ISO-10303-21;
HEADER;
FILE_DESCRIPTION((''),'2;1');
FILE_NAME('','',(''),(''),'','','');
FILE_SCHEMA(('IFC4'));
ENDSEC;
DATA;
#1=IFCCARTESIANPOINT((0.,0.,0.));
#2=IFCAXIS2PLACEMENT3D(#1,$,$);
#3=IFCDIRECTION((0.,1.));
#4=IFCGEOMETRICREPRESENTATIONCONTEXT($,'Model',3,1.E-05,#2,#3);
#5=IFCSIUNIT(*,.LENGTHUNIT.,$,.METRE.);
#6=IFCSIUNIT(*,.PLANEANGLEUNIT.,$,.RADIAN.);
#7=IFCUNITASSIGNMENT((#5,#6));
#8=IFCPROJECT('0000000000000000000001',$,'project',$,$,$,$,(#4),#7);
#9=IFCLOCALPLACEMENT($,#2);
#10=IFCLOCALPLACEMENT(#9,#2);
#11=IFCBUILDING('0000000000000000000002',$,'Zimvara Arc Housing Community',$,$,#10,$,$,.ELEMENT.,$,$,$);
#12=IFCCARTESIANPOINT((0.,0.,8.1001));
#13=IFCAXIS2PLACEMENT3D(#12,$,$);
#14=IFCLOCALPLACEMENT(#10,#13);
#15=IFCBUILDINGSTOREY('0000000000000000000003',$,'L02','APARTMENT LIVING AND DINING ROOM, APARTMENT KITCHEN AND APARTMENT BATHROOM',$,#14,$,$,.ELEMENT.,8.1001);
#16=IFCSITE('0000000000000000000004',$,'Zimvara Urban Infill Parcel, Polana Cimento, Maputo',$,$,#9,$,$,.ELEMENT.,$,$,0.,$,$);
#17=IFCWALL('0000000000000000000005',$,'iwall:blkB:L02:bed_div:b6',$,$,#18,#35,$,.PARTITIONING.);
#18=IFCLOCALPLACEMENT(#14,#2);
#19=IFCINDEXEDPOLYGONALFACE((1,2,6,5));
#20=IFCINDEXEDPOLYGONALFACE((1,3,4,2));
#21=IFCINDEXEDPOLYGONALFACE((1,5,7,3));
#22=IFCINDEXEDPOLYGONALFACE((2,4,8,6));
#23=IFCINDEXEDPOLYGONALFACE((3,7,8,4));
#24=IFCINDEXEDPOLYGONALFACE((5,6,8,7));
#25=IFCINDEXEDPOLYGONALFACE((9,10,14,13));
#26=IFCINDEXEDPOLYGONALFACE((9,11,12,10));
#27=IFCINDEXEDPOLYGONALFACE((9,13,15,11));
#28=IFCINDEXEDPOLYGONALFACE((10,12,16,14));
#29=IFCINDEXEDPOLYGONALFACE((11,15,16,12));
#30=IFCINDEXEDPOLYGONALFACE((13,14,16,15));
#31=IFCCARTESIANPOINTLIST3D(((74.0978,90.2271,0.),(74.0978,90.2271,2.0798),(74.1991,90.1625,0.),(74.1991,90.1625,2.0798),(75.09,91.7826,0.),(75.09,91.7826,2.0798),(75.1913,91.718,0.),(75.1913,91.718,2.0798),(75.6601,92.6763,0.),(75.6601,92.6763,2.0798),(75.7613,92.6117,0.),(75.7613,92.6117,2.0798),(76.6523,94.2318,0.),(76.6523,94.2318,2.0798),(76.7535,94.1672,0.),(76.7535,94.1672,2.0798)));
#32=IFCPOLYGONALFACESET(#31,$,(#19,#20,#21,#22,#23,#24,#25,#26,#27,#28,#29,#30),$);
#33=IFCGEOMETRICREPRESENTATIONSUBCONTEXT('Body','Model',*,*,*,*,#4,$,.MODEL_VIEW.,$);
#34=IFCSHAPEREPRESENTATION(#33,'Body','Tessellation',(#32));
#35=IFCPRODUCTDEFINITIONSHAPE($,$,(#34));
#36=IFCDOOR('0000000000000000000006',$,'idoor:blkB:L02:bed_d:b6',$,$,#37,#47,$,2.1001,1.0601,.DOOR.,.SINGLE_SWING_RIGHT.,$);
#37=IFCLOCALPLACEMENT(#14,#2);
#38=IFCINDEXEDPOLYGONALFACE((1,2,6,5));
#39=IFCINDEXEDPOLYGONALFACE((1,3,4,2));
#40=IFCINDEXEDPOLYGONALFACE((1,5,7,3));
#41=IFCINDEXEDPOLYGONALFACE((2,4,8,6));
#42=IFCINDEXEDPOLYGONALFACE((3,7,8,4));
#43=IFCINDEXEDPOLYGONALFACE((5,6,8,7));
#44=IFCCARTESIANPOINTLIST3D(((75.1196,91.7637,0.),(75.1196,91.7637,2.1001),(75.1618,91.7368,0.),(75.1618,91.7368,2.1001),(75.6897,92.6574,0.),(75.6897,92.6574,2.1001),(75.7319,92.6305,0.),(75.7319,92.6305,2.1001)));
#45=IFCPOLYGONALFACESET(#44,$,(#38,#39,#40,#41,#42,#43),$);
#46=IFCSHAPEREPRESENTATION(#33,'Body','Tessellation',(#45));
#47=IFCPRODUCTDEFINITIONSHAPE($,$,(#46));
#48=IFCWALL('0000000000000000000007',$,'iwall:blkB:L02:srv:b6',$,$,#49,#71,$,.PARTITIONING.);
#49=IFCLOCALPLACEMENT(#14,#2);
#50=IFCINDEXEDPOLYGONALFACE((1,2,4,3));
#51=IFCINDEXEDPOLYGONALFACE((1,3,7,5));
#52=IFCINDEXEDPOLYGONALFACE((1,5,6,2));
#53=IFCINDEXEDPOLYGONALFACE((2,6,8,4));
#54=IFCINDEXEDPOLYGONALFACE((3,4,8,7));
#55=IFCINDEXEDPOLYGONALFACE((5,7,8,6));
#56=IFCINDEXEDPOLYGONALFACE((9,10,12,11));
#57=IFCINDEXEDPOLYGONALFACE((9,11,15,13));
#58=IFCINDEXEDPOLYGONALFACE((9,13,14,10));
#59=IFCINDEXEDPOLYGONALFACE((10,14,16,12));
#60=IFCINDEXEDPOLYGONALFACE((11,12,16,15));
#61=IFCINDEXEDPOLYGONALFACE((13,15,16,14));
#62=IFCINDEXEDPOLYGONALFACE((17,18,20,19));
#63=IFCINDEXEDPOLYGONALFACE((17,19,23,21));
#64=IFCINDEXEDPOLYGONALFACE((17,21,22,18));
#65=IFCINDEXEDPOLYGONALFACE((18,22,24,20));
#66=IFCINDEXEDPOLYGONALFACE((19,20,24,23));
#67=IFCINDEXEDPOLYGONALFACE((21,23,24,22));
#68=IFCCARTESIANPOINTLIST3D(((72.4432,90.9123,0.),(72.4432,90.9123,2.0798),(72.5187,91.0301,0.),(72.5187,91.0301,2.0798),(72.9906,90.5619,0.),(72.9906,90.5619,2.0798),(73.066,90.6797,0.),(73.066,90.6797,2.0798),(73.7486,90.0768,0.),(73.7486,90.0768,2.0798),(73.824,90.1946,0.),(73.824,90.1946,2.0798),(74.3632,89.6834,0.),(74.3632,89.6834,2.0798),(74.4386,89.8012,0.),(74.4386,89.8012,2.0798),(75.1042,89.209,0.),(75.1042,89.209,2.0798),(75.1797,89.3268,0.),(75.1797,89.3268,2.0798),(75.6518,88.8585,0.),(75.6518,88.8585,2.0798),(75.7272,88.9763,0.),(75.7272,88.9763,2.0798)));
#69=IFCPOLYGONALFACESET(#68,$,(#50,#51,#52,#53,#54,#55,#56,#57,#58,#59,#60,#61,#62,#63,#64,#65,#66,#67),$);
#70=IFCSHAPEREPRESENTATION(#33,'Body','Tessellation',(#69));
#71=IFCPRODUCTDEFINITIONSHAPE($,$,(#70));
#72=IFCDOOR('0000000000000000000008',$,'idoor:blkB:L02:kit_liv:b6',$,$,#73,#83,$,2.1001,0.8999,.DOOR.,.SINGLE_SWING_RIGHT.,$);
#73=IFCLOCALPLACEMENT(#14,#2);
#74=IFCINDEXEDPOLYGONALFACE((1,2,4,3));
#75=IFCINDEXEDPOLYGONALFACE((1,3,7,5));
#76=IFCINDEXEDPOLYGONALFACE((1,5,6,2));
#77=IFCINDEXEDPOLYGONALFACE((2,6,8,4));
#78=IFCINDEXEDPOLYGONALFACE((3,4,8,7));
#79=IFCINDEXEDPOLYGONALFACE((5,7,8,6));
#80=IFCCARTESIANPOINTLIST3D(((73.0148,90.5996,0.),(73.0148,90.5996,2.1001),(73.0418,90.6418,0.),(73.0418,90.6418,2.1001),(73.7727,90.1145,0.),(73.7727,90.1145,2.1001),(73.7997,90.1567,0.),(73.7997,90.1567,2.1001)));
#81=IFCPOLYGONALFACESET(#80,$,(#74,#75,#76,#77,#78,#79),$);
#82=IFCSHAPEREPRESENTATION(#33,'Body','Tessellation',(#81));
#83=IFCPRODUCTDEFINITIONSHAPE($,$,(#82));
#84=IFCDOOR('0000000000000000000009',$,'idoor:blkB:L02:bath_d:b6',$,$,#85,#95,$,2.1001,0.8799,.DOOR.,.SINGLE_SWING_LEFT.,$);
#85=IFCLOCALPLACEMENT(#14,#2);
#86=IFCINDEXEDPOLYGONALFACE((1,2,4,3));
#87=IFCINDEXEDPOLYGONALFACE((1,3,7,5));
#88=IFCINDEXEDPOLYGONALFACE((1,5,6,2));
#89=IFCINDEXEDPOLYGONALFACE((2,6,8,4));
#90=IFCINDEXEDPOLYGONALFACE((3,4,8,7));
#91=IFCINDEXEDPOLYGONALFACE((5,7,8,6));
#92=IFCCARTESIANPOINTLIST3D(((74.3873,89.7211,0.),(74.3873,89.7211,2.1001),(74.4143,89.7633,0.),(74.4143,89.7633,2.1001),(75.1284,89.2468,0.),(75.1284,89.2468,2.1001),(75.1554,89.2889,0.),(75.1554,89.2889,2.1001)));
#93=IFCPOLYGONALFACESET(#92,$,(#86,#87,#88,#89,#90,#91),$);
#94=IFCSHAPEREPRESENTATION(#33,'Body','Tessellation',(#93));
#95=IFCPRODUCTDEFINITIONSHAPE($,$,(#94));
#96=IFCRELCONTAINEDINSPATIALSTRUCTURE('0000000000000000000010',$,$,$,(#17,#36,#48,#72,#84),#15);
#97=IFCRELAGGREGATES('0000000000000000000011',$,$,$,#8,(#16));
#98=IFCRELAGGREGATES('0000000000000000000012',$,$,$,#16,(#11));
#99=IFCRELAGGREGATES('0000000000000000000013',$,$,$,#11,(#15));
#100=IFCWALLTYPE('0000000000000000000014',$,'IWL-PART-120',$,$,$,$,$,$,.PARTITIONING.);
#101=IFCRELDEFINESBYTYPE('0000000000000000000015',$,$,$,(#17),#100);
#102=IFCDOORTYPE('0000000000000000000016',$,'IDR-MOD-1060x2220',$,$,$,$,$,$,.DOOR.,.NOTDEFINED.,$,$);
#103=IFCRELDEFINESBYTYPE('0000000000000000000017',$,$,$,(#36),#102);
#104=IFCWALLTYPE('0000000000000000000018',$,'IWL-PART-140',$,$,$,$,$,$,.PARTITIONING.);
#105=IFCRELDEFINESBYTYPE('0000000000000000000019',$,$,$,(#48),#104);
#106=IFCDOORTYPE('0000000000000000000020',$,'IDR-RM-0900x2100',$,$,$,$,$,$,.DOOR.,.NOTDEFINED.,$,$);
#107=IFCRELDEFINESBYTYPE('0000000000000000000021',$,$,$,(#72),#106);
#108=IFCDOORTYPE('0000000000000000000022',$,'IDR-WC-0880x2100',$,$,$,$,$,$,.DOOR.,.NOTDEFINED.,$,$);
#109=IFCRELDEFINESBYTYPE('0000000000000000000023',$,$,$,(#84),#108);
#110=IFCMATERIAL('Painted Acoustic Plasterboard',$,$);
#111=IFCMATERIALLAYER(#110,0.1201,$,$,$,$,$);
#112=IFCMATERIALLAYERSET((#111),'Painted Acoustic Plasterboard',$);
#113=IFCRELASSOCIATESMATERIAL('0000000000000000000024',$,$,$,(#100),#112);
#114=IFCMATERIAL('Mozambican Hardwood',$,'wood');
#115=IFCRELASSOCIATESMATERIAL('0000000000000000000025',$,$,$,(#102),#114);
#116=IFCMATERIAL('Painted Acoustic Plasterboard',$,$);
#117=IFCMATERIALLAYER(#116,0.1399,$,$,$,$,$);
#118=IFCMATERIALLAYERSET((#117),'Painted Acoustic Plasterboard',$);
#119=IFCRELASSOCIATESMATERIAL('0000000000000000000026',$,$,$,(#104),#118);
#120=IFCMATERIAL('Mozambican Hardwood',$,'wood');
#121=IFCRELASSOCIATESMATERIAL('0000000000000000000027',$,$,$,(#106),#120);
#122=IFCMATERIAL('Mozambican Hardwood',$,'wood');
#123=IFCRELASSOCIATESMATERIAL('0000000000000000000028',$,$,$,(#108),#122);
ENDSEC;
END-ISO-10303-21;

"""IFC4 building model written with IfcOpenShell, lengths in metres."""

from ifc_helpers import new_model, si_unit, direction, frame, frame_2d, origin, place, context, subcontext, project, spatial, rectangle, extrude, material, layer, layer_set, type_object, element, fill, save


model = new_model("IFC4")

# Units and contexts
model_context = context("Model", 3, precision=1e-05, world=origin(), true_north=direction((0.0, 1.0)))
body_context = subcontext(model_context, "Body", "Model", "MODEL_VIEW")
ifc_project = project(units=[si_unit("LENGTHUNIT", "METRE"), si_unit("PLANEANGLEUNIT", "RADIAN")], contexts=[model_context])

# Site, building, storey
site_placement = place(None, origin())
site = spatial("IfcSite", under=ifc_project, at=site_placement, Name="Zimvara Urban Infill Parcel, Polana Cimento, Maputo", CompositionType="ELEMENT", RefElevation=0.0)
building_placement = place(site_placement, origin())
building = spatial("IfcBuilding", under=site, at=building_placement, Name="Zimvara Arc Housing Community", CompositionType="ELEMENT")
storey_placement = place(building_placement, frame((0.0, 0.0, 8.1001)))
storey = spatial("IfcBuildingStorey", under=building, at=storey_placement, Name="L02", Description="APARTMENT LIVING AND DINING ROOM, APARTMENT KITCHEN AND APARTMENT BATHROOM", CompositionType="ELEMENT", Elevation=8.1001)

# Wall, opening, door
ifc_material_1 = material(Name="Painted Acoustic Plasterboard")
ifc_layer_1 = layer(ifc_material_1, 0.1201)
ifc_layer_set_1 = layer_set([ifc_layer_1], Name="Painted Acoustic Plasterboard")
wall_type_1 = type_object("IfcWallType", Name="IWL-PART-120", PredefinedType="PARTITIONING", material=ifc_layer_set_1)
wall_1_placement = place(storey_placement, frame((74.1484, 90.1948, 0.0), z_axis=(0.0, 0.0, 1.0), x_axis=(0.53778, 0.843085, 0.0)))
wall_1 = element("IfcWall", 1, at=wall_1_placement, inside=storey, type_object=wall_type_1, Name="iwall:blkB:L02:bed_div:b6", PredefinedType="PARTITIONING", context=body_context, shape_type="SweptSolid", body=[
    extrude(rectangle(XDim=4.75, YDim=0.1201, at=frame_2d((2.375, 0.0))), origin(), (0.0, 0.0, 1.0), 2.0798),
])
opening_1_placement = place(wall_1_placement, frame((1.845, 0.0, 0.0)))
opening_1 = element("IfcOpeningElement", 2, at=opening_1_placement, cuts=wall_1, PredefinedType="OPENING", context=body_context, shape_type="SweptSolid", body=[
    extrude(rectangle(XDim=1.0601, YDim=2.1001, at=frame_2d((0.53, 1.05))), frame((0.0, 0.0701, 0.0), z_axis=(0.0, -1.0, 0.0), x_axis=(1.0, 0.0, 0.0)), (0.0, 0.0, 1.0), 0.1401),
])
ifc_material_2 = material(Name="Mozambican Hardwood", Category="wood")
door_type_1 = type_object("IfcDoorType", Name="IDR-MOD-1060x2220", OperationType="NOTDEFINED", PredefinedType="DOOR", material=ifc_material_2)
door_1_placement = place(opening_1_placement, origin())
door_1 = element("IfcDoor", 3, at=door_1_placement, inside=storey, type_object=door_type_1, Name="idoor:blkB:L02:bed_d:b6", OperationType="SINGLE_SWING_RIGHT", OverallHeight=2.1001, OverallWidth=1.0601, PredefinedType="DOOR", context=body_context, shape_type="SweptSolid", body=[
    extrude(rectangle(XDim=1.0601, YDim=2.1001, at=frame_2d((0.53, 1.05))), frame((0.0, 0.0249, 0.0), z_axis=(0.0, -1.0, 0.0), x_axis=(1.0, 0.0, 0.0)), (0.0, 0.0, 1.0), 0.05),
])
fill(opening_1, door_1)

# Wall, openings, doors
ifc_material_3 = material(Name="Painted Acoustic Plasterboard")
ifc_layer_2 = layer(ifc_material_3, 0.1399)
ifc_layer_set_2 = layer_set([ifc_layer_2], Name="Painted Acoustic Plasterboard")
wall_type_2 = type_object("IfcWallType", Name="IWL-PART-140", PredefinedType="PARTITIONING", material=ifc_layer_set_2)
wall_2_placement = place(storey_placement, frame((72.481, 90.9712, 0.0), z_axis=(0.0, 0.0, 1.0), x_axis=(0.842239, -0.539105, 0.0)))
wall_2 = element("IfcWall", 4, at=wall_2_placement, inside=storey, type_object=wall_type_2, Name="iwall:blkB:L02:srv:b6", PredefinedType="PARTITIONING", context=body_context, shape_type="SweptSolid", body=[
    extrude(rectangle(XDim=3.8096, YDim=0.1399, at=frame_2d((1.9048, 0.0))), origin(), (0.0, 0.0, 1.0), 2.0798),
])
opening_2_placement = place(wall_2_placement, frame((0.6499, 0.0, 0.0)))
opening_2 = element("IfcOpeningElement", 5, at=opening_2_placement, cuts=wall_2, PredefinedType="OPENING", context=body_context, shape_type="SweptSolid", body=[
    extrude(rectangle(XDim=0.8999, YDim=2.1001, at=frame_2d((0.45, 1.05))), frame((0.0, 0.0798, 0.0), z_axis=(0.0, -1.0, 0.0), x_axis=(1.0, 0.0, 0.0)), (0.0, 0.0, 1.0), 0.1599),
])
opening_3_placement = place(wall_2_placement, frame((2.2795, 0.0, 0.0)))
opening_3 = element("IfcOpeningElement", 6, at=opening_3_placement, cuts=wall_2, PredefinedType="OPENING", context=body_context, shape_type="SweptSolid", body=[
    extrude(rectangle(XDim=0.8799, YDim=2.1001, at=frame_2d((0.4399, 1.05))), frame((0.0, 0.0798, 0.0), z_axis=(0.0, -1.0, 0.0), x_axis=(1.0, 0.0, 0.0)), (0.0, 0.0, 1.0), 0.1599),
])
ifc_material_4 = material(Name="Mozambican Hardwood", Category="wood")
door_type_2 = type_object("IfcDoorType", Name="IDR-RM-0900x2100", OperationType="NOTDEFINED", PredefinedType="DOOR", material=ifc_material_4)
door_2_placement = place(opening_2_placement, origin())
door_2 = element("IfcDoor", 7, at=door_2_placement, inside=storey, type_object=door_type_2, Name="idoor:blkB:L02:kit_liv:b6", OperationType="SINGLE_SWING_RIGHT", OverallHeight=2.1001, OverallWidth=0.8999, PredefinedType="DOOR", context=body_context, shape_type="SweptSolid", body=[
    extrude(rectangle(XDim=0.8999, YDim=2.1001, at=frame_2d((0.45, 1.05))), frame((0.0, 0.0249, 0.0), z_axis=(0.0, -1.0, 0.0), x_axis=(1.0, 0.0, 0.0)), (0.0, 0.0, 1.0), 0.05),
])
fill(opening_2, door_2)
ifc_material_5 = material(Name="Mozambican Hardwood", Category="wood")
door_type_3 = type_object("IfcDoorType", Name="IDR-WC-0880x2100", OperationType="NOTDEFINED", PredefinedType="DOOR", material=ifc_material_5)
door_3_placement = place(opening_3_placement, origin())
door_3 = element("IfcDoor", 8, at=door_3_placement, inside=storey, type_object=door_type_3, Name="idoor:blkB:L02:bath_d:b6", OperationType="SINGLE_SWING_LEFT", OverallHeight=2.1001, OverallWidth=0.8799, PredefinedType="DOOR", context=body_context, shape_type="SweptSolid", body=[
    extrude(rectangle(XDim=0.8799, YDim=2.1001, at=frame_2d((0.4399, 1.05))), frame((0.0, 0.0249, 0.0), z_axis=(0.0, -1.0, 0.0), x_axis=(1.0, 0.0, 0.0)), (0.0, 0.0, 1.0), 0.05),
])
fill(opening_3, door_3)

save(model, "model.ifc")
